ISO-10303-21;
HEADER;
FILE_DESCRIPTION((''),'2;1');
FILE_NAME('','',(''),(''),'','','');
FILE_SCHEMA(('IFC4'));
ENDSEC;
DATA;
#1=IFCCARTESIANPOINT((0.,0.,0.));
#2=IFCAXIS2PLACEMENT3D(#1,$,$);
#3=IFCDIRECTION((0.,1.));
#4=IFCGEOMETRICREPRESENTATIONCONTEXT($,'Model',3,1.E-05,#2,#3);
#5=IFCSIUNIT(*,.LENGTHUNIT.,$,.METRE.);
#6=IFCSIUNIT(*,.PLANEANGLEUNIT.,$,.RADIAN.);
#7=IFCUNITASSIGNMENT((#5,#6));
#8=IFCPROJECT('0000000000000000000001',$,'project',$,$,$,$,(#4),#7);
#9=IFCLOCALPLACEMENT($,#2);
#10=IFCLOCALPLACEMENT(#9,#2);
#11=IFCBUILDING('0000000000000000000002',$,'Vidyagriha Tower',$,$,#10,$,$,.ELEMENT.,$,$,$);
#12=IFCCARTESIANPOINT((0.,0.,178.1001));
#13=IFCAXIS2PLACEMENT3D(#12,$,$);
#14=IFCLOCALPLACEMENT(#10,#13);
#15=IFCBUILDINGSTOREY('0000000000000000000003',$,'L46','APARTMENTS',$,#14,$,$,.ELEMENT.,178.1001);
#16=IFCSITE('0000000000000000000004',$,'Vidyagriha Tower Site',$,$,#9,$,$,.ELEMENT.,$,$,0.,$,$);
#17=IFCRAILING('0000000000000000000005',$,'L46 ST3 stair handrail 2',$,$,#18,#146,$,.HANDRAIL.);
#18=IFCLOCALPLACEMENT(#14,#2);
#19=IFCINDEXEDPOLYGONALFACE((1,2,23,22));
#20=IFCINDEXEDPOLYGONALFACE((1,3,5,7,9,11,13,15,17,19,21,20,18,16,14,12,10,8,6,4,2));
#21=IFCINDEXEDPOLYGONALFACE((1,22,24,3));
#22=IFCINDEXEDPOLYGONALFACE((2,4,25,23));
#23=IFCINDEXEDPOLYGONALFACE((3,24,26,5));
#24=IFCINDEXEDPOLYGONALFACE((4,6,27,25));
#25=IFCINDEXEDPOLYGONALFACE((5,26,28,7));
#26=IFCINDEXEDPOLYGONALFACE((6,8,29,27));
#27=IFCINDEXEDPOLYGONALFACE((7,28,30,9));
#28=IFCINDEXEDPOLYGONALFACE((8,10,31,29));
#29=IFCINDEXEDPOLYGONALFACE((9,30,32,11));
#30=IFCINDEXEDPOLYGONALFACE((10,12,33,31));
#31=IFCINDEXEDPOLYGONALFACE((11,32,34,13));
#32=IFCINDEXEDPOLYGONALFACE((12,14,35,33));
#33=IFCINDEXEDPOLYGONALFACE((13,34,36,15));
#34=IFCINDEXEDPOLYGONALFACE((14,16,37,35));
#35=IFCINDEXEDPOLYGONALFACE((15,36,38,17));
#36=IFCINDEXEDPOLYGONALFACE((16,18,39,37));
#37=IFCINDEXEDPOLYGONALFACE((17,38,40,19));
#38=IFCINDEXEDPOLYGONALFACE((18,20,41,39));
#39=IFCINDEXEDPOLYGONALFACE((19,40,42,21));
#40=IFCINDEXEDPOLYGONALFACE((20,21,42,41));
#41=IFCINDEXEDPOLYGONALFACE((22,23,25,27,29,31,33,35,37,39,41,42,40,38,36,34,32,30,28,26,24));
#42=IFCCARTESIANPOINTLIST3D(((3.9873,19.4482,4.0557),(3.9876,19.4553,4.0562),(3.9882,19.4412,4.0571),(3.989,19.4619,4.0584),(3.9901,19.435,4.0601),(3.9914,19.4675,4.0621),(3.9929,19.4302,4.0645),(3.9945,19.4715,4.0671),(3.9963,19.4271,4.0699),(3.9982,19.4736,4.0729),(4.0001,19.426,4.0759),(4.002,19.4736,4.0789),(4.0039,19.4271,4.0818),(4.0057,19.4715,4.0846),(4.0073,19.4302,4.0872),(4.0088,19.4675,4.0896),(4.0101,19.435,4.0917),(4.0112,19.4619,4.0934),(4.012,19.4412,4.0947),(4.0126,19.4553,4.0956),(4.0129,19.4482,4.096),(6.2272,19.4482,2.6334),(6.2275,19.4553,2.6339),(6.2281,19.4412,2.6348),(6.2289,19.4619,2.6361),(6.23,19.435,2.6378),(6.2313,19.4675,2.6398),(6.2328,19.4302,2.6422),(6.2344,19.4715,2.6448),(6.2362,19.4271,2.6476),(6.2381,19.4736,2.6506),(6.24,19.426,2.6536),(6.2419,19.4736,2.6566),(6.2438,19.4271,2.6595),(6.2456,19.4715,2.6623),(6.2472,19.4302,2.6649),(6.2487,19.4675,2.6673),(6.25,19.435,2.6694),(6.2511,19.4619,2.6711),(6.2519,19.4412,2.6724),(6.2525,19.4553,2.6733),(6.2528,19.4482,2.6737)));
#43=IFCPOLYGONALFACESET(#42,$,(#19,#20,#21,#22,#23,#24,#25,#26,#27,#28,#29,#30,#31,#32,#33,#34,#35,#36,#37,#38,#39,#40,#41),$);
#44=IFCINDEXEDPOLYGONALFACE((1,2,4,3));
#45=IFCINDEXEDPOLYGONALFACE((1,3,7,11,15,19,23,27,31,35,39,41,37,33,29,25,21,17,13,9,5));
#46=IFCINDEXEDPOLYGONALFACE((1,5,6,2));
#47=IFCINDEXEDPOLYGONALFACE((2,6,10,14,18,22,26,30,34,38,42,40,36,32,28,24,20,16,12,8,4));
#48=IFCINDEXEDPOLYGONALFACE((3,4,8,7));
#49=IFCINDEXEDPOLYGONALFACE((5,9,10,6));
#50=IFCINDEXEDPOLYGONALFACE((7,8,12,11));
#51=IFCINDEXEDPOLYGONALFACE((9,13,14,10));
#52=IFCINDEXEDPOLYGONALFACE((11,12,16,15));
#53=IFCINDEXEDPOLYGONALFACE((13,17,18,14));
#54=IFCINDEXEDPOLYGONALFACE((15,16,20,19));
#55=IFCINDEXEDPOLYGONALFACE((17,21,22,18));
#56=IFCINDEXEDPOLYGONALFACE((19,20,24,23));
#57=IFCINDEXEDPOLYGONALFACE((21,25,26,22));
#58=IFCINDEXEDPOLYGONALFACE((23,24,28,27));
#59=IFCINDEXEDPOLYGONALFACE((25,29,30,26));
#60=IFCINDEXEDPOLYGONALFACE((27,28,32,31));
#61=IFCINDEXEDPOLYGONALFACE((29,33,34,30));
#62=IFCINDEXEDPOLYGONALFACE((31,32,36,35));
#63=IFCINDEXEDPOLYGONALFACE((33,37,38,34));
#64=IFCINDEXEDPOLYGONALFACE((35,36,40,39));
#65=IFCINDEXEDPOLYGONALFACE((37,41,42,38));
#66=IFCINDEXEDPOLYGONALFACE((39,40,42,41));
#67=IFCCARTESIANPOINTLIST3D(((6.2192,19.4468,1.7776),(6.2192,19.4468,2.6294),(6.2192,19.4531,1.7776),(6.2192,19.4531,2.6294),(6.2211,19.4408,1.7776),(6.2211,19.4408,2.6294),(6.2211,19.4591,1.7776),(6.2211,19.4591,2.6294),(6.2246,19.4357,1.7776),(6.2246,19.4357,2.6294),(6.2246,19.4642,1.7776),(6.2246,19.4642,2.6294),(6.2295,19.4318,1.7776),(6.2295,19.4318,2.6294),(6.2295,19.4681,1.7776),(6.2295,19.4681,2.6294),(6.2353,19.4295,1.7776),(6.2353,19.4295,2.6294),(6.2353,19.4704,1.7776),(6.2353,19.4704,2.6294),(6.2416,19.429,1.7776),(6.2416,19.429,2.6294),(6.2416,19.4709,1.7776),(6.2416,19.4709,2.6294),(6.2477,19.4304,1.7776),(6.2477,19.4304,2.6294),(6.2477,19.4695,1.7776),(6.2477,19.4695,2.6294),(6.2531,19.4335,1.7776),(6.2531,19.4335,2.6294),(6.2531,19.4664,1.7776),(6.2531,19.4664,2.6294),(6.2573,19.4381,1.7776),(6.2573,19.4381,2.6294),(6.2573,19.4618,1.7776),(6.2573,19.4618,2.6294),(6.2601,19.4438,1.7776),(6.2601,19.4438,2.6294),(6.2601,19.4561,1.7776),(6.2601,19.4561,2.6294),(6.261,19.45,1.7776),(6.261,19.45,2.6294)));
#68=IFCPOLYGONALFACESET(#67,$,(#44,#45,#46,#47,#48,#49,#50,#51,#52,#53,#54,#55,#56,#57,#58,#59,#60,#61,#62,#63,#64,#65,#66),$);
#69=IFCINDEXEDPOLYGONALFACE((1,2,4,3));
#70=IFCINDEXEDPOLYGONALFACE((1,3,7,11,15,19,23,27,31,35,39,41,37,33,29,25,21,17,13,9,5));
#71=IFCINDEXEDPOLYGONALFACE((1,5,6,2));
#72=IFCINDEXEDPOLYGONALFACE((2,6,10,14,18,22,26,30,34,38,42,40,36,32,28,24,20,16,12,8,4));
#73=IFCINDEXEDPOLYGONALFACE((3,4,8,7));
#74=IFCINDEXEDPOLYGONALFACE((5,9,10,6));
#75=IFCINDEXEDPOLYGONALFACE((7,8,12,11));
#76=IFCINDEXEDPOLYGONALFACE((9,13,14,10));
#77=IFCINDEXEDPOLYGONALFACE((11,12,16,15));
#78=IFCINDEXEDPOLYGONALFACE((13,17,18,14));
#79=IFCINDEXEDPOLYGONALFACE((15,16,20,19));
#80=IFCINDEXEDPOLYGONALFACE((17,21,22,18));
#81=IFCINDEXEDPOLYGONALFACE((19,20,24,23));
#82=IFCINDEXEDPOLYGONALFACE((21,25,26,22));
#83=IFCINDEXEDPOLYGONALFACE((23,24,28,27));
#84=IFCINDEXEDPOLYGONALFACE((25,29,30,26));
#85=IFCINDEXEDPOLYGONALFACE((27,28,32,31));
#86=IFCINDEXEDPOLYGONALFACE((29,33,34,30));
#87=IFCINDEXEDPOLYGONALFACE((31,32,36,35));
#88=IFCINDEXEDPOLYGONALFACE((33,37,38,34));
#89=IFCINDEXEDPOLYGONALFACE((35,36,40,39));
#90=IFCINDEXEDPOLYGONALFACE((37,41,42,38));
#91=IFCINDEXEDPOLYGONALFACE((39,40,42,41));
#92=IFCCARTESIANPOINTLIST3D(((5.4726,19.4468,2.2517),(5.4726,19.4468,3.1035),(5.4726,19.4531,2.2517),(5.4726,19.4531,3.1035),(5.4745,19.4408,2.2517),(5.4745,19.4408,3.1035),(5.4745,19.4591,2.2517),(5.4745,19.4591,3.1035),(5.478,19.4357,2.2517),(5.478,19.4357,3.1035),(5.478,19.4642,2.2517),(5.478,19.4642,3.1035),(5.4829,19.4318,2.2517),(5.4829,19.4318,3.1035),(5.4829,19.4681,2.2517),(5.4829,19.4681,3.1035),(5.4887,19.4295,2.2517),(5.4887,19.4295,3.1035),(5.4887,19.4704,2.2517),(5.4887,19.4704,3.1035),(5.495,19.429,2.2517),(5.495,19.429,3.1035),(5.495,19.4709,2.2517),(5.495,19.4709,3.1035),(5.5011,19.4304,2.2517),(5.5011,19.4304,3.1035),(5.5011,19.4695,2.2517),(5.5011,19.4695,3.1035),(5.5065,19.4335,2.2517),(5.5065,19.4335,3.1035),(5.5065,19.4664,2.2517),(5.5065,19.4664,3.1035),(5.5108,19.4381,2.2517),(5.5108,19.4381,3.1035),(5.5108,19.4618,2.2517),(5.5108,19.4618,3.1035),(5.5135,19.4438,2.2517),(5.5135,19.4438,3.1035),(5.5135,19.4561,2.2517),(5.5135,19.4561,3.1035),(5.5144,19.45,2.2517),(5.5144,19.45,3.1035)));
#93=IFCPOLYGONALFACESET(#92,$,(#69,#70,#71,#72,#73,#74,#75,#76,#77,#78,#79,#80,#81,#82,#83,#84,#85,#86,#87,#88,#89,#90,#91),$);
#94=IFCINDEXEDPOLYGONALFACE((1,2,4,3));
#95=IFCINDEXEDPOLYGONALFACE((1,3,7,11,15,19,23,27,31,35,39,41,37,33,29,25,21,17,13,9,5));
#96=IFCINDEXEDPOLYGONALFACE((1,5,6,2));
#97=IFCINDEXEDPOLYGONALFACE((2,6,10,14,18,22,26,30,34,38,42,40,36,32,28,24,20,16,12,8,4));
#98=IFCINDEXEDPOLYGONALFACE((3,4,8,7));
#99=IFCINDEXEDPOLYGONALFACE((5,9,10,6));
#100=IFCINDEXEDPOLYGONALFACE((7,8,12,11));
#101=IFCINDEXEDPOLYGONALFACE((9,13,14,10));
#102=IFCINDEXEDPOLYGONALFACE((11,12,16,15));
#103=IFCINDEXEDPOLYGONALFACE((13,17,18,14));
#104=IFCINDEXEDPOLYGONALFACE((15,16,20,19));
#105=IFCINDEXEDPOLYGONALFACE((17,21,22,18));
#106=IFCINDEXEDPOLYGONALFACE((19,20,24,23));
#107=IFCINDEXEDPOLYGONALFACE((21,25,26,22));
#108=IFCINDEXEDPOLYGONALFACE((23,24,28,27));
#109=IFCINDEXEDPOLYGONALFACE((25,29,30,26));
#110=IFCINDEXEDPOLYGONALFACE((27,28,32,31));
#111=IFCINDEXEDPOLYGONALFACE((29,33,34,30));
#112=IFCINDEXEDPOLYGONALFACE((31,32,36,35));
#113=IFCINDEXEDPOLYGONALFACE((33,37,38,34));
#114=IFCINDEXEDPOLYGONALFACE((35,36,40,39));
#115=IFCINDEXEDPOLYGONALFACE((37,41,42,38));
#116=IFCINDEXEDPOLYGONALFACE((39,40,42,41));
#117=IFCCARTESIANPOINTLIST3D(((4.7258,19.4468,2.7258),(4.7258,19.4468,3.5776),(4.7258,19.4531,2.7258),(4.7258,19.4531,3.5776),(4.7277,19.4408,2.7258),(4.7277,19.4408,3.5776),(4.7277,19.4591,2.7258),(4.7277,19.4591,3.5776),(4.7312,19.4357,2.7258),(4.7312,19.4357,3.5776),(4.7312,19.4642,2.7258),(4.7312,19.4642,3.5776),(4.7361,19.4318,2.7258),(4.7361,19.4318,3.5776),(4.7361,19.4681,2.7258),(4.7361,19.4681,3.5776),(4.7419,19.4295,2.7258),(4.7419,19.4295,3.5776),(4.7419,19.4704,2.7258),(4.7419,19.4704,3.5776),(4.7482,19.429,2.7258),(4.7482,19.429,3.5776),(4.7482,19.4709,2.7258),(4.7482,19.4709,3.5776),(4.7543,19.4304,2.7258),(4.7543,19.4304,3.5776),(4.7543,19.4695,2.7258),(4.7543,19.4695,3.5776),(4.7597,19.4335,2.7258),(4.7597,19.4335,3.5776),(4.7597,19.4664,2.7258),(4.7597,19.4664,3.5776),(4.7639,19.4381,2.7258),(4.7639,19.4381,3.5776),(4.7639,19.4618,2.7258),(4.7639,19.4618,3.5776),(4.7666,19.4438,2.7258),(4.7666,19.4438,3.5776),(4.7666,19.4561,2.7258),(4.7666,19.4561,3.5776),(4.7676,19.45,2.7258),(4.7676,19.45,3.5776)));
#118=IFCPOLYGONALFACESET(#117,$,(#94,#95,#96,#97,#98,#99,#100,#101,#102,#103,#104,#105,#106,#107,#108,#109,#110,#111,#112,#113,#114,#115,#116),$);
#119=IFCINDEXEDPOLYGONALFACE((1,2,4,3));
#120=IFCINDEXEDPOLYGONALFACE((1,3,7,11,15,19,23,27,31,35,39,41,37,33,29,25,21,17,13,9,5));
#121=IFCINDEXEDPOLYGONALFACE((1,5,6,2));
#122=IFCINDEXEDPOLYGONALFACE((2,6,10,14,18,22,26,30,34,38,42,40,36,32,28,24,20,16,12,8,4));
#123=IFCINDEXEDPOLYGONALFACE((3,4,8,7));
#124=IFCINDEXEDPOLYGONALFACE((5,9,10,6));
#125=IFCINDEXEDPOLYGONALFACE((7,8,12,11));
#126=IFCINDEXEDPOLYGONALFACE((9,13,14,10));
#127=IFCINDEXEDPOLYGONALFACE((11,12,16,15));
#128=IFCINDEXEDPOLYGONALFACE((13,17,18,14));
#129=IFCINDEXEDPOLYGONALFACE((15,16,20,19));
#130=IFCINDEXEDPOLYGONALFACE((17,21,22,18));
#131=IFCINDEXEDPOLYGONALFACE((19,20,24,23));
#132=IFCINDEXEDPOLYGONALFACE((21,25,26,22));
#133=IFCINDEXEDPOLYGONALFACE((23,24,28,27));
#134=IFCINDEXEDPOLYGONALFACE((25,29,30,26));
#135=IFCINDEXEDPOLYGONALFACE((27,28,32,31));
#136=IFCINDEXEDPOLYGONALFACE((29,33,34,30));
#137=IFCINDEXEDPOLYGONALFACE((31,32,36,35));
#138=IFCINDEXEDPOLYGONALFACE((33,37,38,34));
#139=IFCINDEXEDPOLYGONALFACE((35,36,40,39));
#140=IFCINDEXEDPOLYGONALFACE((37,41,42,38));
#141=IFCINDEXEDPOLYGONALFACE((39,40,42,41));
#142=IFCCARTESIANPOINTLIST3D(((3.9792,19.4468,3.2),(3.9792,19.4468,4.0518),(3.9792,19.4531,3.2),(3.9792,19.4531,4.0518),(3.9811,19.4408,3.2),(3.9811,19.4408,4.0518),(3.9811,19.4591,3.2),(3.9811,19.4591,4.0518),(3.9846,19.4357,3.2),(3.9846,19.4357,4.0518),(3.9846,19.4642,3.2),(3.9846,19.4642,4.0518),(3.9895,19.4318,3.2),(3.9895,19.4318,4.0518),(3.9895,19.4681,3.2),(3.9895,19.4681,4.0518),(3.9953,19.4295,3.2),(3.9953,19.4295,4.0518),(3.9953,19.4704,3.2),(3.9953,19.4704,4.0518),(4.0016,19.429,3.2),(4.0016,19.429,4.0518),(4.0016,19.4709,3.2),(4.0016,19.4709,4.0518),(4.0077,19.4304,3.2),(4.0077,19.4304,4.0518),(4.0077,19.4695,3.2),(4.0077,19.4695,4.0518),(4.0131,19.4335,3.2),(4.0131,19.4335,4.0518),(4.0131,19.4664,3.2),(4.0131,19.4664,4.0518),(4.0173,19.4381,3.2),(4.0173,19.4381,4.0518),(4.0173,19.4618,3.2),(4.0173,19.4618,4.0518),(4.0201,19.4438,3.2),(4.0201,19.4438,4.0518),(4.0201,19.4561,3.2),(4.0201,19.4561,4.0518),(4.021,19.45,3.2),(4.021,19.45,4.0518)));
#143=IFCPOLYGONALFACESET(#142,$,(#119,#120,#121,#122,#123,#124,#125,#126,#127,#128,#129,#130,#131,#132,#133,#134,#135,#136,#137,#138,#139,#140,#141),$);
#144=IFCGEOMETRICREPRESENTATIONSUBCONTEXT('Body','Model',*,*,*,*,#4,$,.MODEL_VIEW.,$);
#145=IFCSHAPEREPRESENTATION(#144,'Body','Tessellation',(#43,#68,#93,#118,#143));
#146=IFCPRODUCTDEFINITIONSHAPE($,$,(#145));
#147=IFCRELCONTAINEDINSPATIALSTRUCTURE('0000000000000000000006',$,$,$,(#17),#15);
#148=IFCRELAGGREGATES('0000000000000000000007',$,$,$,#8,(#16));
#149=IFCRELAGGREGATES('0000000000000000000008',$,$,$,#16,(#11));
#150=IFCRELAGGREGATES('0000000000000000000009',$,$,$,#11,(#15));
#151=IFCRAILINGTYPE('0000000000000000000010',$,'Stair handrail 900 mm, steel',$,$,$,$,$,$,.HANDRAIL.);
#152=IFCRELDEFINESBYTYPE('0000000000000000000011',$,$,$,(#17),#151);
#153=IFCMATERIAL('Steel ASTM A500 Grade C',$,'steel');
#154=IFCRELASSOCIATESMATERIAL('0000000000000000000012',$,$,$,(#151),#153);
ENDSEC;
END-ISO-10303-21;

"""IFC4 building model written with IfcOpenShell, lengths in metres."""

from ifc_helpers import new_model, si_unit, direction, frame, origin, origin_2d, place, context, subcontext, project, spatial, circle, extrude, material, type_object, element, save


model = new_model("IFC4")

# Units and contexts
model_context = context("Model", 3, precision=1e-05, world=origin(), true_north=direction((0.0, 1.0)))
body_context = subcontext(model_context, "Body", "Model", "MODEL_VIEW")
ifc_project = project(units=[si_unit("LENGTHUNIT", "METRE"), si_unit("PLANEANGLEUNIT", "RADIAN")], contexts=[model_context])

# Site, building, storey
site_placement = place(None, origin())
site = spatial("IfcSite", under=ifc_project, at=site_placement, Name="Vidyagriha Tower Site", CompositionType="ELEMENT", RefElevation=0.0)
building_placement = place(site_placement, origin())
building = spatial("IfcBuilding", under=site, at=building_placement, Name="Vidyagriha Tower", CompositionType="ELEMENT")
storey_placement = place(building_placement, frame((0.0, 0.0, 178.1001)))
storey = spatial("IfcBuildingStorey", under=building, at=storey_placement, Name="L46", Description="APARTMENTS", CompositionType="ELEMENT", Elevation=178.1001)

# Railing
ifc_material_1 = material(Name="Steel ASTM A500 Grade C", Category="steel")
railing_type_1 = type_object("IfcRailingType", Name="Stair handrail 900 mm, steel", PredefinedType="HANDRAIL", material=ifc_material_1)
railing_1_placement = place(storey_placement, frame((6.24, 19.45, 1.7776)))
element("IfcRailing", 1, at=railing_1_placement, inside=storey, type_object=railing_type_1, Name="L46 ST3 stair handrail 2", PredefinedType="HANDRAIL", context=body_context, shape_type="SweptSolid", body=[
    extrude(circle(Radius=0.0239, at=origin_2d()), frame((0.0, 0.0, 0.876), z_axis=(-0.844188, 0.0, 0.536048), x_axis=(0.0, -1.0, 0.0)), (0.0, 0.0, 1.0), 2.6533),
    extrude(circle(Radius=0.021, at=origin_2d()), origin(), (0.0, 0.0, 1.0), 0.8518),
    extrude(circle(Radius=0.021, at=origin_2d()), frame((-0.7466, 0.0, 0.4741)), (0.0, 0.0, 1.0), 0.8518),
    extrude(circle(Radius=0.021, at=origin_2d()), frame((-1.4934, 0.0, 0.9482)), (0.0, 0.0, 1.0), 0.8518),
    extrude(circle(Radius=0.021, at=origin_2d()), frame((-2.24, 0.0, 1.4224)), (0.0, 0.0, 1.0), 0.8518),
])

save(model, "model.ifc")
